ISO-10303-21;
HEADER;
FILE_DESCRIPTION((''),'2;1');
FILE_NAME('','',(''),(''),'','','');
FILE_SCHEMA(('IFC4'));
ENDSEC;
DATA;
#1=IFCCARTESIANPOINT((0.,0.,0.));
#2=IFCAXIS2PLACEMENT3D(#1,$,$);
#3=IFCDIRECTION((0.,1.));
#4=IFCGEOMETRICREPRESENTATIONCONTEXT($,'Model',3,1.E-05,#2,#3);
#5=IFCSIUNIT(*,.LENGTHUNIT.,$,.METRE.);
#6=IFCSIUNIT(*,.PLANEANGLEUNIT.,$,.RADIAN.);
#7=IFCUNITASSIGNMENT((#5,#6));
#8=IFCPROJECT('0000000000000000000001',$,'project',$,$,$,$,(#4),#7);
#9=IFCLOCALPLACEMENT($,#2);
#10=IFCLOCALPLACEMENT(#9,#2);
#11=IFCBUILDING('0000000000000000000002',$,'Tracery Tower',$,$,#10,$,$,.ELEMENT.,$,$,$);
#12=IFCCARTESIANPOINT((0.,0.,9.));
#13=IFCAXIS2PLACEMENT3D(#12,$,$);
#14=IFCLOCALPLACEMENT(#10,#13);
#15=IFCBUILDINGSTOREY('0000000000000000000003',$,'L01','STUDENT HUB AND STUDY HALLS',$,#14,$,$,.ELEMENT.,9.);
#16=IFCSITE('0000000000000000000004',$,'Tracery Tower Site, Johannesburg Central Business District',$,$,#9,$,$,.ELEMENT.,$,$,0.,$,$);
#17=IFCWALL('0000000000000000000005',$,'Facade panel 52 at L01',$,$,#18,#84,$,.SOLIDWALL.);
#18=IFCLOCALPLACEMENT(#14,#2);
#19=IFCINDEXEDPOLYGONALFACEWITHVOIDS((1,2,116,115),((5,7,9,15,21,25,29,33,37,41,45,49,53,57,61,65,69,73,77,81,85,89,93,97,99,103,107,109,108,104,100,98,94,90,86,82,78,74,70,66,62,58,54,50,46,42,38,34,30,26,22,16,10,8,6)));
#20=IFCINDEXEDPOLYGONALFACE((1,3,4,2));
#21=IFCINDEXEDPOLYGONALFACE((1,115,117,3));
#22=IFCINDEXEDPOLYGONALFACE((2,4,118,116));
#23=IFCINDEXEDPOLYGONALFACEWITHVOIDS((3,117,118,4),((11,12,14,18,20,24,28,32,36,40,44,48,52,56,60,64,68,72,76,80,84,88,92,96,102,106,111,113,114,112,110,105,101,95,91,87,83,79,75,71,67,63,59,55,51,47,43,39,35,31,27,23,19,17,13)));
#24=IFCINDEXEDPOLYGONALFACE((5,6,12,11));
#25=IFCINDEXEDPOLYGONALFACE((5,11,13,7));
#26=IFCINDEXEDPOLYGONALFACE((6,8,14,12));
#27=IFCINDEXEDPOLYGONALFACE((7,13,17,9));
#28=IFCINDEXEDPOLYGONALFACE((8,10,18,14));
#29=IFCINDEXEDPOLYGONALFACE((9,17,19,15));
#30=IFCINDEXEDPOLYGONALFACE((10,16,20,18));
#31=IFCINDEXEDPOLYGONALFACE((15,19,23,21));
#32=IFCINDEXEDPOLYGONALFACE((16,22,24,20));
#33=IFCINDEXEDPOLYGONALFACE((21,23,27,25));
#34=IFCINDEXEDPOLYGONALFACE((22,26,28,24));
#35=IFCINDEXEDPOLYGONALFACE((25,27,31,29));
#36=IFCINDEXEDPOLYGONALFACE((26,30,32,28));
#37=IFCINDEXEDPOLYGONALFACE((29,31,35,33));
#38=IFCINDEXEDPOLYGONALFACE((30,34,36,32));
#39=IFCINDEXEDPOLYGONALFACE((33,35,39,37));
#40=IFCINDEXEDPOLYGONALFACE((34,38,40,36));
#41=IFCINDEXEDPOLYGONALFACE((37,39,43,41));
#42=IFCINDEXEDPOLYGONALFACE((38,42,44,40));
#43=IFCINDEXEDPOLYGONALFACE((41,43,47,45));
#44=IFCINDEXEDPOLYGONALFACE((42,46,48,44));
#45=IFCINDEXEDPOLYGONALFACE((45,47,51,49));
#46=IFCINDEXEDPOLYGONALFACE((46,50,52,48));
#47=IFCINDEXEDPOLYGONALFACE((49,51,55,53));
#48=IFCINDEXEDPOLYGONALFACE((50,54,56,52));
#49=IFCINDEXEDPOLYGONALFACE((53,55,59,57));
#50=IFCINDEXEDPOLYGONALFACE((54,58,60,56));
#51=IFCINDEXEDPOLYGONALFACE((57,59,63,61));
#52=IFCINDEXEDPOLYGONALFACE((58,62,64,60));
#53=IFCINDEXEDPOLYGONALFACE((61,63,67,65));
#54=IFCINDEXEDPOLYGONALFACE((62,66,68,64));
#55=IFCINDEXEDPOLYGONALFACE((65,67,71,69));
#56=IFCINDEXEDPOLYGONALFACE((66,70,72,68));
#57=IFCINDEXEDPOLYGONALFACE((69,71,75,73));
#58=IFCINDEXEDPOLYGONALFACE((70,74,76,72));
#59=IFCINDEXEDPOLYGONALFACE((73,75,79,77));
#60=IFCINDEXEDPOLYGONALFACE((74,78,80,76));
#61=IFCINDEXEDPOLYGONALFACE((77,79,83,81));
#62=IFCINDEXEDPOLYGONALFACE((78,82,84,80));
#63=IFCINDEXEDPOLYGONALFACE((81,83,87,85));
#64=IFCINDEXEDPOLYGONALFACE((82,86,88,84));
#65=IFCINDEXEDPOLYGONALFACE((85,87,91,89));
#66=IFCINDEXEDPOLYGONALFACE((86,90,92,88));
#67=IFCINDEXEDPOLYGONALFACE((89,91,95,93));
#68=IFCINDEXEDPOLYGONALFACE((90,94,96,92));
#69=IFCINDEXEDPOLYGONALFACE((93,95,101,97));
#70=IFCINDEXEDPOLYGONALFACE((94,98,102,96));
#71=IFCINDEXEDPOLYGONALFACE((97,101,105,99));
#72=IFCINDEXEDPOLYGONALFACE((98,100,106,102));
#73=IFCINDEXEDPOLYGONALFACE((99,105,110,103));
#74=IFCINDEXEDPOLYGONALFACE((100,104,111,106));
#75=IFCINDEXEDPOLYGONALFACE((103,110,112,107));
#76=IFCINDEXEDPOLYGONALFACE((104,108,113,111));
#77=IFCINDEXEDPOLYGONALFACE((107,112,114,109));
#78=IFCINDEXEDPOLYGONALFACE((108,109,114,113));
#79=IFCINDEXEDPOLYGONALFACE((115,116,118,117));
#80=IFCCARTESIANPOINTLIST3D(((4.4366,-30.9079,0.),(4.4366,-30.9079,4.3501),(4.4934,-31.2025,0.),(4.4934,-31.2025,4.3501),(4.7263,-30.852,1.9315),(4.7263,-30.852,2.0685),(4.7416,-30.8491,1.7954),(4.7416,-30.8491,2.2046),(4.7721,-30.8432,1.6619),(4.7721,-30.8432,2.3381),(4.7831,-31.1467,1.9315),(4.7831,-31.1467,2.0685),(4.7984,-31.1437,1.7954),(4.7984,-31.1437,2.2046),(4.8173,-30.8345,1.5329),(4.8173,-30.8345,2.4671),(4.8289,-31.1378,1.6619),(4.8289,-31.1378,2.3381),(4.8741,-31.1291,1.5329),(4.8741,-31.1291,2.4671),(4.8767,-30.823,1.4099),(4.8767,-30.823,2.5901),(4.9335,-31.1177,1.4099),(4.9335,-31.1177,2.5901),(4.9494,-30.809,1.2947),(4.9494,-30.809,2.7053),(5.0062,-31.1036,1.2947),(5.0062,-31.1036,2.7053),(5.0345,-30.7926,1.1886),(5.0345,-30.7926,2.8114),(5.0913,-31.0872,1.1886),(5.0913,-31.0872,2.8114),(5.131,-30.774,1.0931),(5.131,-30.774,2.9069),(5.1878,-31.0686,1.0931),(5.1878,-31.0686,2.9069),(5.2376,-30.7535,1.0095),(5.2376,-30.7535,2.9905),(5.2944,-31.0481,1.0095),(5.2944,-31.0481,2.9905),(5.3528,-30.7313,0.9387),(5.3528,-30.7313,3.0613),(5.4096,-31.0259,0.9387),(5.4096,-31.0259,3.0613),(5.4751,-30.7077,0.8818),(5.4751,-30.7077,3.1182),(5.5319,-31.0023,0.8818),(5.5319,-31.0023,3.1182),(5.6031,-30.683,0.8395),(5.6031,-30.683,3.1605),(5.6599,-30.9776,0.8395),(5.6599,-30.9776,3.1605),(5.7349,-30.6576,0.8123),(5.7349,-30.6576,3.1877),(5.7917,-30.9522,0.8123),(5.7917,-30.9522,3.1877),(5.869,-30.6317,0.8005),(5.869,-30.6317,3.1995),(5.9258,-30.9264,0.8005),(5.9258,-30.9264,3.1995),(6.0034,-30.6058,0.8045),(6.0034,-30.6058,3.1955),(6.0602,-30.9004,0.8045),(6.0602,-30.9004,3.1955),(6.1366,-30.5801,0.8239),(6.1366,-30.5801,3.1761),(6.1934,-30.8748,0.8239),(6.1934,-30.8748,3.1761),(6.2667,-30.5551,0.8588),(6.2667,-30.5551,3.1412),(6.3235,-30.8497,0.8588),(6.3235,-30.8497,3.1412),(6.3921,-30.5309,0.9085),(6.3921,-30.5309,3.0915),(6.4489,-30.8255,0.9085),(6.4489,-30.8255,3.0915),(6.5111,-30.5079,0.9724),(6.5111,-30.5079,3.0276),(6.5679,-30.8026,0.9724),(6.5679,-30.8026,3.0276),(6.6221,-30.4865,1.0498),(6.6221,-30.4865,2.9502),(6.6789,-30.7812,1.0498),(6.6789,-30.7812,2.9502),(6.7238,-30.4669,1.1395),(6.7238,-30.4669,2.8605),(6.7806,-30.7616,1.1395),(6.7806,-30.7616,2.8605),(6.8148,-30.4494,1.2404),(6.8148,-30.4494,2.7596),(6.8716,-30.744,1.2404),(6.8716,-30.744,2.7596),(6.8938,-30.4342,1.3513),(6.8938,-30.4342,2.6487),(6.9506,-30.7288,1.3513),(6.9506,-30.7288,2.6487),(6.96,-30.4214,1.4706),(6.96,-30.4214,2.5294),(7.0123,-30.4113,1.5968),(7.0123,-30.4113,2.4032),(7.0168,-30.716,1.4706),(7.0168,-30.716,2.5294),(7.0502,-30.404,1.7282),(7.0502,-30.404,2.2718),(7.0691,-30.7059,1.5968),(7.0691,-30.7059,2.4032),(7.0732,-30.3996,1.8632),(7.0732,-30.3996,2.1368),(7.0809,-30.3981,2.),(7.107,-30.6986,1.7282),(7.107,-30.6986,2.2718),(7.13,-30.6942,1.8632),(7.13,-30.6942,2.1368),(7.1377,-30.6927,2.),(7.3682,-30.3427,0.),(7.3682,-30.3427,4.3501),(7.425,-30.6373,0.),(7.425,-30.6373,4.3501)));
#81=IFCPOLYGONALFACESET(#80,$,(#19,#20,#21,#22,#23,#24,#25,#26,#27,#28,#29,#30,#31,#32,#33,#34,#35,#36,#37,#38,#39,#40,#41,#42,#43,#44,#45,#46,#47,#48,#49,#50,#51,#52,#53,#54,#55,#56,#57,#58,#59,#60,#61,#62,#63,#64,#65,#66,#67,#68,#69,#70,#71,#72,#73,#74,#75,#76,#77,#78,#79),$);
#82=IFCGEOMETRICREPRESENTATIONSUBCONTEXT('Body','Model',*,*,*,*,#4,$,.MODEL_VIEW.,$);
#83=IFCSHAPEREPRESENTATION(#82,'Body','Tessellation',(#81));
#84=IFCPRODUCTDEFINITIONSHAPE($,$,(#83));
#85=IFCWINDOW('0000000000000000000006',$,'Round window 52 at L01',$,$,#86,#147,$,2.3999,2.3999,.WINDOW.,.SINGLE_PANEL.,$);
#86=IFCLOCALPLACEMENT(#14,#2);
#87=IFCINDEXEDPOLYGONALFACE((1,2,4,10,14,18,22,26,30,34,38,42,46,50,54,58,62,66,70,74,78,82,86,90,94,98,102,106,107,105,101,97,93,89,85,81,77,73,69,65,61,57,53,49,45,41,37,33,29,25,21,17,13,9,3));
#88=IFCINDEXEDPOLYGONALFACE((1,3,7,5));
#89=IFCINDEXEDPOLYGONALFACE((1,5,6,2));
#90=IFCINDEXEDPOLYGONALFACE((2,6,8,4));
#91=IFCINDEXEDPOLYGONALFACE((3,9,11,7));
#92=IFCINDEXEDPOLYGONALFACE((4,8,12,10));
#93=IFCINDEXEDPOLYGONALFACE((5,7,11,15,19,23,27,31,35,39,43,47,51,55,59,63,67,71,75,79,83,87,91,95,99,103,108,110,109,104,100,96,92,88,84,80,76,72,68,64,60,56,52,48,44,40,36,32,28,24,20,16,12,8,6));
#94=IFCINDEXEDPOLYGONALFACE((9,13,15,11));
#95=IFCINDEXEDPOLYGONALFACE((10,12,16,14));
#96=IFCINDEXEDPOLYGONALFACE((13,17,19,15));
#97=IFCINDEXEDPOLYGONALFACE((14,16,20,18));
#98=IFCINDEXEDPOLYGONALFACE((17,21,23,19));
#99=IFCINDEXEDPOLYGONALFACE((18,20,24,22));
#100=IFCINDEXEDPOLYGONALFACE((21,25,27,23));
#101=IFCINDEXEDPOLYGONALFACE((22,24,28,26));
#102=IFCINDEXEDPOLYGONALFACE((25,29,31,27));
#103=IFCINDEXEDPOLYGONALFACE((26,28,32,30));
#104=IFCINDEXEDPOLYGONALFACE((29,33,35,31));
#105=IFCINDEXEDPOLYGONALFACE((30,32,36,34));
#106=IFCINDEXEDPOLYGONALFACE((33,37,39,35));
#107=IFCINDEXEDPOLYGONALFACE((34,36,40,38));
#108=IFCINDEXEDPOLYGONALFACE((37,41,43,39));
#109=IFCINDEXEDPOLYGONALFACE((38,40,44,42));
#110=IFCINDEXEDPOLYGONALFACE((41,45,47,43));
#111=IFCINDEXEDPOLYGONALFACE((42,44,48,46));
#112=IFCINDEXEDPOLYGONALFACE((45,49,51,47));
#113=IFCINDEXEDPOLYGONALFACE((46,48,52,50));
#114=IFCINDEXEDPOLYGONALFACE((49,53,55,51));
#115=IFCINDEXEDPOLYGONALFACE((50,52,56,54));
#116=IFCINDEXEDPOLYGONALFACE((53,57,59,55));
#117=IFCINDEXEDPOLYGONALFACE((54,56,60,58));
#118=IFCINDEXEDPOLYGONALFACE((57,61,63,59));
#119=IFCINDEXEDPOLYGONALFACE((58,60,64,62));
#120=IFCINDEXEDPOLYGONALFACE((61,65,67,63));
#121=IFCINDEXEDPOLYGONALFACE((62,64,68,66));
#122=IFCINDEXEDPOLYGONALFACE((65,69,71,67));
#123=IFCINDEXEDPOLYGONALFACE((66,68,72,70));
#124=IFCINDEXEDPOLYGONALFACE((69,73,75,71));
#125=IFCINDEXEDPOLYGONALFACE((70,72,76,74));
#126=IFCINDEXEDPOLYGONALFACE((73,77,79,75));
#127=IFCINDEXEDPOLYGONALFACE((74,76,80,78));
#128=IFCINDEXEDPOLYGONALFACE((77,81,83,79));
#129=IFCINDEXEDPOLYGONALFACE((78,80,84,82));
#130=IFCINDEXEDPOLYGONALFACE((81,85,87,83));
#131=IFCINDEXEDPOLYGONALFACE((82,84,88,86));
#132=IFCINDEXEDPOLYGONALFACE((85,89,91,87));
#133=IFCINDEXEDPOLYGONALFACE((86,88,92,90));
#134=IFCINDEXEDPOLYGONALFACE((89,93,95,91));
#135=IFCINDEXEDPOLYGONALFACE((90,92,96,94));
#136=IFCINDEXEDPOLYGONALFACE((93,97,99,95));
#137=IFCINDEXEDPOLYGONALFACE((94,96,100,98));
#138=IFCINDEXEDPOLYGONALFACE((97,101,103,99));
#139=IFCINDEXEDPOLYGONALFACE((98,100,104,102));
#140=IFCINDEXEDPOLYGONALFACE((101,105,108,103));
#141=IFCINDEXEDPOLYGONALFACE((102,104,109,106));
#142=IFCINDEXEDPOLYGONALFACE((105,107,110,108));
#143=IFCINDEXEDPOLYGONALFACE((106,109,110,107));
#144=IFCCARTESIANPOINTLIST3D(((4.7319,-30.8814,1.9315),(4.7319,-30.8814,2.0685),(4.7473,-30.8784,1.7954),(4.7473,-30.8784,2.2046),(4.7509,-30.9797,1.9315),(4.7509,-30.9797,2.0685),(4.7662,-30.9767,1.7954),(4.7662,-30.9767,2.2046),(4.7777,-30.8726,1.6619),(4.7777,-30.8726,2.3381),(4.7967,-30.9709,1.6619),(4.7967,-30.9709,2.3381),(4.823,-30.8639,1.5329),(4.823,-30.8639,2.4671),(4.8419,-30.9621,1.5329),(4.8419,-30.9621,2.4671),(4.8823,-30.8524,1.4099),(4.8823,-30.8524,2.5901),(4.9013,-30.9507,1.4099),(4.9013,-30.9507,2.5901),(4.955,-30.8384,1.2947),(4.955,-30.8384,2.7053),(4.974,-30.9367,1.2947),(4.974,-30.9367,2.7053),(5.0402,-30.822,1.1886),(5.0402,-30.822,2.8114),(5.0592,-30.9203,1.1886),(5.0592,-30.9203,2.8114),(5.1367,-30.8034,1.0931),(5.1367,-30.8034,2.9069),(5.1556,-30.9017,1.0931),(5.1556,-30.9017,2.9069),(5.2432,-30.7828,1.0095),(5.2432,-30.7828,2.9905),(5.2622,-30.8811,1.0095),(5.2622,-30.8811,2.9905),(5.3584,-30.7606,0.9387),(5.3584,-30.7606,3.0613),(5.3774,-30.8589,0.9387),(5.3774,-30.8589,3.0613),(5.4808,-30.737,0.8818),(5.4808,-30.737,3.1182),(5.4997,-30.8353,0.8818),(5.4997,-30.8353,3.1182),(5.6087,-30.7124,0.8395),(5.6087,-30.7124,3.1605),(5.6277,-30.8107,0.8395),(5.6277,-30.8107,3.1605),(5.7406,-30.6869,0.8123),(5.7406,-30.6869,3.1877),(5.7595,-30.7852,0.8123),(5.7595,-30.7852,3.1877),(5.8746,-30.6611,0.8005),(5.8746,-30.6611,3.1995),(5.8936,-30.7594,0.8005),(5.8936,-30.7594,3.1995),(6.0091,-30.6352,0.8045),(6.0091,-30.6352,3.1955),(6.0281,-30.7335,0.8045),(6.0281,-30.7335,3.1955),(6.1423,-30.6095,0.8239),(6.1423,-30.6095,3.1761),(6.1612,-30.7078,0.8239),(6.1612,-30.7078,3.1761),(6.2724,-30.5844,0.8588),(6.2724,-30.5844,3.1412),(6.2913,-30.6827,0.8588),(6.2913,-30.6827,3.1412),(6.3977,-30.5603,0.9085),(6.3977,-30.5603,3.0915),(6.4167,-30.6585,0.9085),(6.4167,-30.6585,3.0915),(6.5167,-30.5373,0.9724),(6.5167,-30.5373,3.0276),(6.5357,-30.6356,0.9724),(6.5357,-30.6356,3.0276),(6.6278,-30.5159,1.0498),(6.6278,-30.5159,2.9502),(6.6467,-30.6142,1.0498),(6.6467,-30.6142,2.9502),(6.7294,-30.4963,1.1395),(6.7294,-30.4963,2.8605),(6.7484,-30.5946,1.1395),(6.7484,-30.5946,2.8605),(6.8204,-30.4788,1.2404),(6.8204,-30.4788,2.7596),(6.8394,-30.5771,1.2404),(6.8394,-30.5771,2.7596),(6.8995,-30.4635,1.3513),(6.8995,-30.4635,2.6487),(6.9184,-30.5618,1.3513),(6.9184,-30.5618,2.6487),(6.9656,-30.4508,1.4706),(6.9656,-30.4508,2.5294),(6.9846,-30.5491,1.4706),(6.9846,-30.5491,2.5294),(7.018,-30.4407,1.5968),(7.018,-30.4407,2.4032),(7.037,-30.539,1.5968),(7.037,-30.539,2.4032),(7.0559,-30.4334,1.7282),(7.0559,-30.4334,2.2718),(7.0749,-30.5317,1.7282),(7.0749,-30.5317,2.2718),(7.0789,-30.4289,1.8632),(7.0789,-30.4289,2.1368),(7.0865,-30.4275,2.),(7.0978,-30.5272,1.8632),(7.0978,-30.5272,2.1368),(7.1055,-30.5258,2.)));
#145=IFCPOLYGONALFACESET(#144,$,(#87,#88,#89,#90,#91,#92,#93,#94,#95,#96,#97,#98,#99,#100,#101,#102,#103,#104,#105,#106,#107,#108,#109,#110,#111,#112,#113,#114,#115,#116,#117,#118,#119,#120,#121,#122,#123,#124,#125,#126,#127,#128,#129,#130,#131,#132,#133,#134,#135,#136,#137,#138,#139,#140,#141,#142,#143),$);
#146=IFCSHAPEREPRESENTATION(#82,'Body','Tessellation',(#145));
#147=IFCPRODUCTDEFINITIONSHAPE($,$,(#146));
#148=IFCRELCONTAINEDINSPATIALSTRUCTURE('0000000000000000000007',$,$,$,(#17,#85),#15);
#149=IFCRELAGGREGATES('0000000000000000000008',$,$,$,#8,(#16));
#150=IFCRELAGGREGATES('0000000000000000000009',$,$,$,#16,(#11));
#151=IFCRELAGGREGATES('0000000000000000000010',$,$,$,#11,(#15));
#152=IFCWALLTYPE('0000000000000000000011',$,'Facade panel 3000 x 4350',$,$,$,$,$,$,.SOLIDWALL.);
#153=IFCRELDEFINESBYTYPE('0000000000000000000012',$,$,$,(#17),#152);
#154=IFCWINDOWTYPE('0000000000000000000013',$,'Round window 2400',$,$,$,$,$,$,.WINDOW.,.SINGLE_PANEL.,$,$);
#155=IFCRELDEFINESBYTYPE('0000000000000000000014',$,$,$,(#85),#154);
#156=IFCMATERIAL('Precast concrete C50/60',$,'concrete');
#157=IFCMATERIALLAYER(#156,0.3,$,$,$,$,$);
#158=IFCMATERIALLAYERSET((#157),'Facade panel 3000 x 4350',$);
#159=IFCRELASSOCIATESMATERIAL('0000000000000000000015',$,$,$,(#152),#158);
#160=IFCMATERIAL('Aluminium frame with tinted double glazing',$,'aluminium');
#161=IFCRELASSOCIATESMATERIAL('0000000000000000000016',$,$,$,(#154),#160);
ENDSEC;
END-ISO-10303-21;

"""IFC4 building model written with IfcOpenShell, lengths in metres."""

from ifc_helpers import new_model, si_unit, direction, frame, frame_2d, origin, origin_2d, place, context, subcontext, project, spatial, rectangle, circle, extrude, material, layer, layer_set, type_object, element, fill, save


model = new_model("IFC4")

# Units and contexts
model_context = context("Model", 3, precision=1e-05, world=origin(), true_north=direction((0.0, 1.0)))
body_context = subcontext(model_context, "Body", "Model", "MODEL_VIEW")
ifc_project = project(units=[si_unit("LENGTHUNIT", "METRE"), si_unit("PLANEANGLEUNIT", "RADIAN")], contexts=[model_context])

# Site, building, storey
site_placement = place(None, origin())
site = spatial("IfcSite", under=ifc_project, at=site_placement, Name="Tracery Tower Site, Johannesburg Central Business District", CompositionType="ELEMENT", RefElevation=0.0)
building_placement = place(site_placement, origin())
building = spatial("IfcBuilding", under=site, at=building_placement, Name="Tracery Tower", CompositionType="ELEMENT")
storey_placement = place(building_placement, frame((0.0, 0.0, 9.0)))
storey = spatial("IfcBuildingStorey", under=building, at=storey_placement, Name="L01", Description="STUDENT HUB AND STUDY HALLS", CompositionType="ELEMENT", Elevation=9.0)

# Wall, opening, window
ifc_material_1 = material(Name="Precast concrete C50/60", Category="concrete")
ifc_layer_1 = layer(ifc_material_1, 0.3)
ifc_layer_set_1 = layer_set([ifc_layer_1], Name="Facade panel 3000 x 4350")
wall_type_1 = type_object("IfcWallType", Name="Facade panel 3000 x 4350", PredefinedType="SOLIDWALL", material=ifc_layer_set_1)
ifc_material_2 = material(Name="Aluminium frame with tinted double glazing", Category="aluminium")
window_type = type_object("IfcWindowType", Name="Round window 2400", PartitioningType="SINGLE_PANEL", PredefinedType="WINDOW", material=ifc_material_2)
wall_1_placement = place(storey_placement, frame((4.4651, -31.0552, 0.0), z_axis=(0.0, 0.0, 1.0), x_axis=(0.981919, 0.189302, 0.0)))
wall_1 = element("IfcWall", 1, at=wall_1_placement, inside=storey, type_object=wall_type_1, Name="Facade panel 52 at L01", PredefinedType="SOLIDWALL", context=body_context, shape_type="SweptSolid", body=[
    extrude(rectangle(XDim=2.9856, YDim=0.3, at=frame_2d((1.4927, 0.0))), origin(), (0.0, 0.0, 1.0), 4.3501),
])
opening_1_placement = place(wall_1_placement, frame((1.4929, 0.0, 2.0)))
opening_1 = element("IfcOpeningElement", 2, at=opening_1_placement, cuts=wall_1, PredefinedType="OPENING", context=body_context, shape_type="SweptSolid", body=[
    extrude(circle(Radius=1.2, at=origin_2d()), frame((0.0, 0.1599, 0.0), z_axis=(0.0, -1.0, 0.0), x_axis=(1.0, 0.0, 0.0)), (0.0, 0.0, 1.0), 0.3201),
])
window_1_placement = place(opening_1_placement, origin())
window_1 = element("IfcWindow", 3, at=window_1_placement, inside=storey, type_object=window_type, Name="Round window 52 at L01", OverallHeight=2.3999, OverallWidth=2.3999, PartitioningType="SINGLE_PANEL", PredefinedType="WINDOW", context=body_context, shape_type="SweptSolid", body=[
    extrude(circle(Radius=1.2, at=origin_2d()), frame((0.0, 0.1201, 0.0), z_axis=(0.0, -1.0, 0.0), x_axis=(1.0, 0.0, 0.0)), (0.0, 0.0, 1.0), 0.1001),
])
fill(opening_1, window_1)

save(model, "model.ifc")
